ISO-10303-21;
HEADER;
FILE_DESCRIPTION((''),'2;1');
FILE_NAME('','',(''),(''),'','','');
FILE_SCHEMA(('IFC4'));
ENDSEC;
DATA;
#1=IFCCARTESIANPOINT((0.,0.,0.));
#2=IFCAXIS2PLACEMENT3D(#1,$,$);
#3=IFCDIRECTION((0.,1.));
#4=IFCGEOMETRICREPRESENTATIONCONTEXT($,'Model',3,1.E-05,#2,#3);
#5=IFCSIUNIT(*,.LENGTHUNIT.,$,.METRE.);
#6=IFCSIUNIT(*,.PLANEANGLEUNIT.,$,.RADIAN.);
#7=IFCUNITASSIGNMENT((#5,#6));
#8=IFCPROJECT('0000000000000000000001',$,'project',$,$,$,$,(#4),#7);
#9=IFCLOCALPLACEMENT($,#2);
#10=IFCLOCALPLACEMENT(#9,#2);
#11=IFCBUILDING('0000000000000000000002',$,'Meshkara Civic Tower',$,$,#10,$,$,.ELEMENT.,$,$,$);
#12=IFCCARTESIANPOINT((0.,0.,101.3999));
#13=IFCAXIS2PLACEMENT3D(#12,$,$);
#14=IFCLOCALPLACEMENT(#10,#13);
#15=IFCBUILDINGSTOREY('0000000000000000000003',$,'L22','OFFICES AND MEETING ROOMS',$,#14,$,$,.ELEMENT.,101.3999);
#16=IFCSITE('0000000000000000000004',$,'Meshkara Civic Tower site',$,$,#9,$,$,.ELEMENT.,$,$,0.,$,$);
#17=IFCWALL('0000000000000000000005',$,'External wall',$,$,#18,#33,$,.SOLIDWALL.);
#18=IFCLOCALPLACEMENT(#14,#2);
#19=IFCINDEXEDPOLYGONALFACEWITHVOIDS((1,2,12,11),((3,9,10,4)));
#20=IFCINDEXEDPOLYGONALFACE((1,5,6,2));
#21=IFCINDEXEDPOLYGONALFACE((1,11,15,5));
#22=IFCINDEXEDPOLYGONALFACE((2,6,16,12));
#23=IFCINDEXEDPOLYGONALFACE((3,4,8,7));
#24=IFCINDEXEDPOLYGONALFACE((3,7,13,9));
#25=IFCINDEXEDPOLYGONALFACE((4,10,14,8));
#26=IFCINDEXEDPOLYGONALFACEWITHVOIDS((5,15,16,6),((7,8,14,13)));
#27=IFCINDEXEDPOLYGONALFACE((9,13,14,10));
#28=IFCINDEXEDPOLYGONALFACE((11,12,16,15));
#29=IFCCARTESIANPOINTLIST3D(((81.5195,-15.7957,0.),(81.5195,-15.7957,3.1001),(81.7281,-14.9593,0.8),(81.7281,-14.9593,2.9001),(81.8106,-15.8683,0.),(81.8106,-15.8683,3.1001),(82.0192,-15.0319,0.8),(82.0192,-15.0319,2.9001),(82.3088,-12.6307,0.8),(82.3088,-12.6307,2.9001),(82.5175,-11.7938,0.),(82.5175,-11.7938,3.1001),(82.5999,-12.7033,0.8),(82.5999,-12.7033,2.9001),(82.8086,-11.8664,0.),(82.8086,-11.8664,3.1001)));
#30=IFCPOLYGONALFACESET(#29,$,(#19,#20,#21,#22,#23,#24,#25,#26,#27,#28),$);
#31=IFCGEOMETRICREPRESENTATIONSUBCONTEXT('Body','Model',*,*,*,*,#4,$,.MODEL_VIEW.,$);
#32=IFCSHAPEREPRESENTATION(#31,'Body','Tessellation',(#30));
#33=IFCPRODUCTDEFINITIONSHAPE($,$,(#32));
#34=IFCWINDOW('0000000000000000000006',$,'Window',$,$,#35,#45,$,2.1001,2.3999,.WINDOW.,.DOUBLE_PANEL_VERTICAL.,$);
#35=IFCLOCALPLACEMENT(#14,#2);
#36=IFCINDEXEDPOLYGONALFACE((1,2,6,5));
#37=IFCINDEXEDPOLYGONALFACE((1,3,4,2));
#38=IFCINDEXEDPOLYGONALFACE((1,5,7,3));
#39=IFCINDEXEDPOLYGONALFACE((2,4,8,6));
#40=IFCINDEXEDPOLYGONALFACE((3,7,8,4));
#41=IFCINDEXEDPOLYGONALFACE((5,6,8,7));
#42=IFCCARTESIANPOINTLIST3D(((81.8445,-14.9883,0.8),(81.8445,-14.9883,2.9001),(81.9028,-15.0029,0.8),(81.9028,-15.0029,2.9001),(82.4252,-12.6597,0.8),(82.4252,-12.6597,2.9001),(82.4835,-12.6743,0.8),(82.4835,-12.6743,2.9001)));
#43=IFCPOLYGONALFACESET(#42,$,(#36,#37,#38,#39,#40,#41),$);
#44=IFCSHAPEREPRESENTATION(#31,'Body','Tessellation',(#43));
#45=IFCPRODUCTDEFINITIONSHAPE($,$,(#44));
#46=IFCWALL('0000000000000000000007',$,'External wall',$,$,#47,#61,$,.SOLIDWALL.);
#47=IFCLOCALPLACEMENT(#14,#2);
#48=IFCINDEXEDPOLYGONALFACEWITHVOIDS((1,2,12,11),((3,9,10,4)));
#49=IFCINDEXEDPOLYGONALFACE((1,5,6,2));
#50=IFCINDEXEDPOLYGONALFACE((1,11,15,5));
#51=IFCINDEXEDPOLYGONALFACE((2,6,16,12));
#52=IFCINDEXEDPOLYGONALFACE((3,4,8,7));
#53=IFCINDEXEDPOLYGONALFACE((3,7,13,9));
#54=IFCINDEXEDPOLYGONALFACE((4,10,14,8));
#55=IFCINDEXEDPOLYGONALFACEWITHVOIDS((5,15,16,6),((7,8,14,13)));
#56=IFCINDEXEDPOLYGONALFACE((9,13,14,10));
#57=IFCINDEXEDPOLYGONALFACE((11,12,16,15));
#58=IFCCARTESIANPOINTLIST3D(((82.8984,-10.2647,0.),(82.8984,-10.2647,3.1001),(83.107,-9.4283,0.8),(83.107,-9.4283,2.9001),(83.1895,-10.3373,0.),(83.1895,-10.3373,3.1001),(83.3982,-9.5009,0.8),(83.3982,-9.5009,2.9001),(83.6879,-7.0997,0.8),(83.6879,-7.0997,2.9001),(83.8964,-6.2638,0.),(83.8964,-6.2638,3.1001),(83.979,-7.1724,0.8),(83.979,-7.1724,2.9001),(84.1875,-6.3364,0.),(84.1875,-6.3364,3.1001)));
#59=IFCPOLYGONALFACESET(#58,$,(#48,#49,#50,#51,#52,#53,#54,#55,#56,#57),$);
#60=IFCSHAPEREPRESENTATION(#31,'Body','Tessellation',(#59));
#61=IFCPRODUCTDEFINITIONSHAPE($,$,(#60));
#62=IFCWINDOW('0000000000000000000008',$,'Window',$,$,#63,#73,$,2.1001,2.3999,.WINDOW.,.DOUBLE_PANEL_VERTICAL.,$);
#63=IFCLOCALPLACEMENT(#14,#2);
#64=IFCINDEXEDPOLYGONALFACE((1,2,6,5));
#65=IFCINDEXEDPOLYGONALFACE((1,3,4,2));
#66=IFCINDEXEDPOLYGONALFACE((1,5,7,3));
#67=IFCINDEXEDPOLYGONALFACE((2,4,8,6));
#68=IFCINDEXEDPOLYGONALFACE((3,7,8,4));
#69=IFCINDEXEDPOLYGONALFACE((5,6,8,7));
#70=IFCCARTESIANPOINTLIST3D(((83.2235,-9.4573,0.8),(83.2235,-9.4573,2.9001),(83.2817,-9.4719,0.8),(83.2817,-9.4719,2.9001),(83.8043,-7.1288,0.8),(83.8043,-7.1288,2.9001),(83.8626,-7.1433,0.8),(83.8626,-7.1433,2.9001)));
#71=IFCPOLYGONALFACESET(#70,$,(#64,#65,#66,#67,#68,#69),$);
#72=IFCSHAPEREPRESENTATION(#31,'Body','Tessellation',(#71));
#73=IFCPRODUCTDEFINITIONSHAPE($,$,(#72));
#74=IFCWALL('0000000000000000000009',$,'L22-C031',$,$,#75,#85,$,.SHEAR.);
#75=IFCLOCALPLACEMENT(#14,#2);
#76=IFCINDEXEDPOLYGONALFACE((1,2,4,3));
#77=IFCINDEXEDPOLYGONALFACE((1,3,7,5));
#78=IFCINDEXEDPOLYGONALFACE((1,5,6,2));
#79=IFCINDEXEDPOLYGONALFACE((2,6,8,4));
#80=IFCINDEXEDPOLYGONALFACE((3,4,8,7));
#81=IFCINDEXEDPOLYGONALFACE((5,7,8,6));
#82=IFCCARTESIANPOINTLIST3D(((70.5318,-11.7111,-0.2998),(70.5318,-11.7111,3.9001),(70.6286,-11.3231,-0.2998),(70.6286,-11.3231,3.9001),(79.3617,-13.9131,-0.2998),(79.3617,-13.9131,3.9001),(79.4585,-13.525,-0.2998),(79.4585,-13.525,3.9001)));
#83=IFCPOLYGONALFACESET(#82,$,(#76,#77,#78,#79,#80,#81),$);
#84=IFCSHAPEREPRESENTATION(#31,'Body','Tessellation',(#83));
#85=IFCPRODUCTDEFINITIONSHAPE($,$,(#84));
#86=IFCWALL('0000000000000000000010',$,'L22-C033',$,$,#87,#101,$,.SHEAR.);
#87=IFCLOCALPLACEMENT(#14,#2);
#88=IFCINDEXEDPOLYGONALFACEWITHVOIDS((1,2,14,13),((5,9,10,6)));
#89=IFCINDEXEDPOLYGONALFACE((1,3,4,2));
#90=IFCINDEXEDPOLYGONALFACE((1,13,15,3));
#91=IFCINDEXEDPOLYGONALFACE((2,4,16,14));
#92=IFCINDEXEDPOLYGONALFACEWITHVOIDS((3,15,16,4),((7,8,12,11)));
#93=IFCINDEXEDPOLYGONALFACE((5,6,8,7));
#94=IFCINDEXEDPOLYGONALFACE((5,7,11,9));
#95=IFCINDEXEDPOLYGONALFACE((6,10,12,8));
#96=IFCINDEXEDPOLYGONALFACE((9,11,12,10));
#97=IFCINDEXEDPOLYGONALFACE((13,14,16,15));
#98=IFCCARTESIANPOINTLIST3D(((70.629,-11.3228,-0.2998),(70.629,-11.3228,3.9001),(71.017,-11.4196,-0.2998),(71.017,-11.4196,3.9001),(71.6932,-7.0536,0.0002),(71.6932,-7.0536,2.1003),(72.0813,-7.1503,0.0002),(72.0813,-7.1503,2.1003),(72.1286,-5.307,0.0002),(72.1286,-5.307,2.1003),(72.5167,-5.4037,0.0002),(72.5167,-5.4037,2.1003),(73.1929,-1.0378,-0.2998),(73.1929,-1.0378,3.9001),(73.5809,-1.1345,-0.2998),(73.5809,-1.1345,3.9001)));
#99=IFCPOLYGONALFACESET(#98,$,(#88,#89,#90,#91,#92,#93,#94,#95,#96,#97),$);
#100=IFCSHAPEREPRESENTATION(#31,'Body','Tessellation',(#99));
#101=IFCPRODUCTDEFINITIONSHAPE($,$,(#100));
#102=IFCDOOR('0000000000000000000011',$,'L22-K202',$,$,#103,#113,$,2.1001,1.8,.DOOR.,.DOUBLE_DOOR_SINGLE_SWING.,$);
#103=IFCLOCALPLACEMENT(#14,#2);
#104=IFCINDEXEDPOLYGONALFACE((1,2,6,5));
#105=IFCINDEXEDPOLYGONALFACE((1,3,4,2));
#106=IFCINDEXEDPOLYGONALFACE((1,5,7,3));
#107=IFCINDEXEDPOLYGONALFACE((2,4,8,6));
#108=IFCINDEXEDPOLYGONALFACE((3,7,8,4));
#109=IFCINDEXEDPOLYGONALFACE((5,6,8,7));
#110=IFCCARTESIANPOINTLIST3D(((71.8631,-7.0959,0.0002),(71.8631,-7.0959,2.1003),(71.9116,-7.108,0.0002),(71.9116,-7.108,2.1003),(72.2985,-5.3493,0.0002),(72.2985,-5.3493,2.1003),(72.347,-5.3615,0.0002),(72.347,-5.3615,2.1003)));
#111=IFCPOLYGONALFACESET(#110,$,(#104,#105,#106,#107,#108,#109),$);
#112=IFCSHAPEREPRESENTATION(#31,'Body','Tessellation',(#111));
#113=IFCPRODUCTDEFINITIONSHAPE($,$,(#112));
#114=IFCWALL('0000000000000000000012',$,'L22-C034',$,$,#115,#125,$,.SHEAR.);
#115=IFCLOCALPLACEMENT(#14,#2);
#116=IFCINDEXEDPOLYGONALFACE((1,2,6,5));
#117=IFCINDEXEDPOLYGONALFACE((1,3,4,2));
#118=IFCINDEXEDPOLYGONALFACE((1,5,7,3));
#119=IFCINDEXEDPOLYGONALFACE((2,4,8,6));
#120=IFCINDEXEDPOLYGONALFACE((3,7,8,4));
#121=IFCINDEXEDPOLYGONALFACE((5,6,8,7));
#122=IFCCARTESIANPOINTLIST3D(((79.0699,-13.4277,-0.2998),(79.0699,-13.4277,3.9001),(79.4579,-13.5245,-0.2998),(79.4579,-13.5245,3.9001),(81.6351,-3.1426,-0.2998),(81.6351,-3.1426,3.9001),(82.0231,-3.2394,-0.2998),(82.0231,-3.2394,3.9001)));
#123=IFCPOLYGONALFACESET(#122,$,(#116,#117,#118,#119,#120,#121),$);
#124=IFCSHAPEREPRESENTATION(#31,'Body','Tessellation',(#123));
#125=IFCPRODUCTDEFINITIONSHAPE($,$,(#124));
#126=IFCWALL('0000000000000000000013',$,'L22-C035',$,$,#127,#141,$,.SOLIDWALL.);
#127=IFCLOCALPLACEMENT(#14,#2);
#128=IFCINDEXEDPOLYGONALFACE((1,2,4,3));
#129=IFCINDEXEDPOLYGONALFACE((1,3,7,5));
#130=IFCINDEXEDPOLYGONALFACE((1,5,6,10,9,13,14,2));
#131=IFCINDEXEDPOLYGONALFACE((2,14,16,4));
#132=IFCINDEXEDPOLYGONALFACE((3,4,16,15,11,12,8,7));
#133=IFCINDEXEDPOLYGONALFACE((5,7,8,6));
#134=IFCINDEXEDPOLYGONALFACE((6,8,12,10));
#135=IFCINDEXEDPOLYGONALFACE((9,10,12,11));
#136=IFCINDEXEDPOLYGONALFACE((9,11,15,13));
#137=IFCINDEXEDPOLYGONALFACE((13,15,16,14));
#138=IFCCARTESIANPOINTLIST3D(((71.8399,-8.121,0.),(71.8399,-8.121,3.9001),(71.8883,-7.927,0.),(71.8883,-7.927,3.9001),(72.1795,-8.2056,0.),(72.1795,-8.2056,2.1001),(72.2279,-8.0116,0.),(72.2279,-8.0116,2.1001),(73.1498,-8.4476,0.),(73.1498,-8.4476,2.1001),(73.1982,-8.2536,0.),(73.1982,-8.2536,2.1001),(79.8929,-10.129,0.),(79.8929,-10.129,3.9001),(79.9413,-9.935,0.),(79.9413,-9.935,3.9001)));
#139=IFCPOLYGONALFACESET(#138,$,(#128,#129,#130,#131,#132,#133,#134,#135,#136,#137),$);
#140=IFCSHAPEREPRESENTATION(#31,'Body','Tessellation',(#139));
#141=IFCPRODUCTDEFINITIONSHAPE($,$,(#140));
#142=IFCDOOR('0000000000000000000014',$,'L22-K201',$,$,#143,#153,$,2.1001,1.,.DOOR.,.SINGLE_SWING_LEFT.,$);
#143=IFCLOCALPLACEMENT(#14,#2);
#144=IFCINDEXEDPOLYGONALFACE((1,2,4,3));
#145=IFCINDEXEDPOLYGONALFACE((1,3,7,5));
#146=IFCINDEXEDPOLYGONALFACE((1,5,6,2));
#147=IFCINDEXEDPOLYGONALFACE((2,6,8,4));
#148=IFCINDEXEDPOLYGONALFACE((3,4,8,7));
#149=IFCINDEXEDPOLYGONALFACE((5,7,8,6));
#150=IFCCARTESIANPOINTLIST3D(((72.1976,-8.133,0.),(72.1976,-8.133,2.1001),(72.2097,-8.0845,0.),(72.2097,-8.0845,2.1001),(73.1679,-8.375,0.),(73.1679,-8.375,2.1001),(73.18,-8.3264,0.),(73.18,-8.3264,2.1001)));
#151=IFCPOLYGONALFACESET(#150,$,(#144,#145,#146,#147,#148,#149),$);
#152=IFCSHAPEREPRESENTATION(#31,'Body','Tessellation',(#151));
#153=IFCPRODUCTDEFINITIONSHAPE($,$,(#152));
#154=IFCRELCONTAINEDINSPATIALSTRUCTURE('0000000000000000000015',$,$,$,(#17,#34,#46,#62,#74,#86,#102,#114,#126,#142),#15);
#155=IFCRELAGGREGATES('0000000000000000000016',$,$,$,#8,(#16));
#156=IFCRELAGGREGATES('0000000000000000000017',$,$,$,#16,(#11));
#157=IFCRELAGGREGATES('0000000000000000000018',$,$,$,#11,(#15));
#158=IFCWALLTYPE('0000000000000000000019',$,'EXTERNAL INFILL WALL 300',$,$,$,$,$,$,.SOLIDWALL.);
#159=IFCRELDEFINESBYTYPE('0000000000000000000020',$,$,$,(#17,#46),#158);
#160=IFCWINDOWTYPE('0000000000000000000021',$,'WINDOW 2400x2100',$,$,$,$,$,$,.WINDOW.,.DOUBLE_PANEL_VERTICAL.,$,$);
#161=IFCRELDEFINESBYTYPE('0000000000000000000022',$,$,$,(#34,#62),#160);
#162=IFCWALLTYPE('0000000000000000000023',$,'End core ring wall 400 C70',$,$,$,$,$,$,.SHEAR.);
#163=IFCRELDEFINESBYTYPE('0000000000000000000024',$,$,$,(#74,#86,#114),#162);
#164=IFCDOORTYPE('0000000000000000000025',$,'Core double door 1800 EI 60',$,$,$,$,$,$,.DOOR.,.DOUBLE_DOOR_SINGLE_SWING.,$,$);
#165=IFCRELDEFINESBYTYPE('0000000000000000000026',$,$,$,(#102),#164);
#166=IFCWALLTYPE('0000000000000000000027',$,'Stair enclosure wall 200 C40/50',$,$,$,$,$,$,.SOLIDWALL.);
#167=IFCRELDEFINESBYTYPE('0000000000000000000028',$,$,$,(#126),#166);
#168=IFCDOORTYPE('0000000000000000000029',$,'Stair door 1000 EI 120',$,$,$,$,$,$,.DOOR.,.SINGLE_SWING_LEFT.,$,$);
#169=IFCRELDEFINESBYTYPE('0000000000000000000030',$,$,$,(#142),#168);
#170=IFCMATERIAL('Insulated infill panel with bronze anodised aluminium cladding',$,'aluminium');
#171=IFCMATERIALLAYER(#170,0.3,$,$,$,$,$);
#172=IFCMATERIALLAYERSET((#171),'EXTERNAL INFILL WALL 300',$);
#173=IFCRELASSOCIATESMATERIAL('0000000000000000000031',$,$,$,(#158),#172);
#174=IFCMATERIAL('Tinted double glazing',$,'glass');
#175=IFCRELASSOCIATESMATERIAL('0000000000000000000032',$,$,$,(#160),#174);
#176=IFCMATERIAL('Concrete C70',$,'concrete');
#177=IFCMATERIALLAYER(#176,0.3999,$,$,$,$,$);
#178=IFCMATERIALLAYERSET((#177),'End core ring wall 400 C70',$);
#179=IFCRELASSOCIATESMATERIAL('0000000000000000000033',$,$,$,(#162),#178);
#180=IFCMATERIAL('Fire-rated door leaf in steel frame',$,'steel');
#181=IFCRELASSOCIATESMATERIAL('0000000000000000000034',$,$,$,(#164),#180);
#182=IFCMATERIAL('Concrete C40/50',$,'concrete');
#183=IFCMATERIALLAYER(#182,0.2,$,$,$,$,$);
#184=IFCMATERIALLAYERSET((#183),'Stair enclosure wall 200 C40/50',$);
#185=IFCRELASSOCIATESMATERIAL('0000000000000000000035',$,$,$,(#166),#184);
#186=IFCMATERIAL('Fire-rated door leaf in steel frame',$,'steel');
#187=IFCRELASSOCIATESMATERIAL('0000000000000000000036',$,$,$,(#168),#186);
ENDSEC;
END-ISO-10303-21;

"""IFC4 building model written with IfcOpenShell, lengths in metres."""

from ifc_helpers import new_model, si_unit, direction, frame, frame_2d, origin, place, context, subcontext, project, spatial, rectangle, extrude, material, layer, layer_set, type_object, element, fill, save


model = new_model("IFC4")

# Units and contexts
model_context = context("Model", 3, precision=1e-05, world=origin(), true_north=direction((0.0, 1.0)))
body_context = subcontext(model_context, "Body", "Model", "MODEL_VIEW")
ifc_project = project(units=[si_unit("LENGTHUNIT", "METRE"), si_unit("PLANEANGLEUNIT", "RADIAN")], contexts=[model_context])

# Site, building, storey
site_placement = place(None, origin())
site = spatial("IfcSite", under=ifc_project, at=site_placement, Name="Meshkara Civic Tower site", CompositionType="ELEMENT", RefElevation=0.0)
building_placement = place(site_placement, origin())
building = spatial("IfcBuilding", under=site, at=building_placement, Name="Meshkara Civic Tower", CompositionType="ELEMENT")
storey_placement = place(building_placement, frame((0.0, 0.0, 101.3999)))
storey = spatial("IfcBuildingStorey", under=building, at=storey_placement, Name="L22", Description="OFFICES AND MEETING ROOMS", CompositionType="ELEMENT", Elevation=101.3999)

# Walls, openings, windows
ifc_material_1 = material(Name="Insulated infill panel with bronze anodised aluminium cladding", Category="aluminium")
ifc_layer_1 = layer(ifc_material_1, 0.3)
ifc_layer_set_1 = layer_set([ifc_layer_1], Name="EXTERNAL INFILL WALL 300")
wall_type_1 = type_object("IfcWallType", Name="EXTERNAL INFILL WALL 300", PredefinedType="SOLIDWALL", material=ifc_layer_set_1)
ifc_material_2 = material(Name="Tinted double glazing", Category="glass")
window_type_1 = type_object("IfcWindowType", Name="WINDOW 2400x2100", PartitioningType="DOUBLE_PANEL_VERTICAL", PredefinedType="WINDOW", material=ifc_material_2)
wall_1_placement = place(storey_placement, frame((81.665, -15.832, 0.0), z_axis=(0.0, 0.0, 1.0), x_axis=(0.241978, 0.970282, 0.0)))
wall_1 = element("IfcWall", 1, at=wall_1_placement, inside=storey, type_object=wall_type_1, Name="External wall", PredefinedType="SOLIDWALL", context=body_context, shape_type="SweptSolid", body=[
    extrude(rectangle(XDim=4.1245, YDim=0.3, at=frame_2d((2.0623, 0.0))), origin(), (0.0, 0.0, 1.0), 3.1001),
])
opening_1_placement = place(wall_1_placement, frame((0.8621, 0.0, 0.8)))
opening_1 = element("IfcOpeningElement", 2, at=opening_1_placement, cuts=wall_1, PredefinedType="OPENING", context=body_context, shape_type="SweptSolid", body=[
    extrude(rectangle(XDim=2.3999, YDim=2.1001, at=frame_2d((1.2, 1.05))), frame((0.0, 0.1599, 0.0), z_axis=(0.0, -1.0, 0.0), x_axis=(1.0, 0.0, 0.0)), (0.0, 0.0, 1.0), 0.3201),
])
window_1_placement = place(opening_1_placement, origin())
window_1 = element("IfcWindow", 3, at=window_1_placement, inside=storey, type_object=window_type_1, Name="Window", OverallHeight=2.1001, OverallWidth=2.3999, PartitioningType="DOUBLE_PANEL_VERTICAL", PredefinedType="WINDOW", context=body_context, shape_type="SweptSolid", body=[
    extrude(rectangle(XDim=2.3999, YDim=2.1001, at=frame_2d((1.2, 1.05))), frame((0.0, 0.03, 0.0), z_axis=(0.0, -1.0, 0.0), x_axis=(1.0, 0.0, 0.0)), (0.0, 0.0, 1.0), 0.0601),
])
fill(opening_1, window_1)
wall_2_placement = place(storey_placement, frame((83.0439, -10.301, 0.0), z_axis=(0.0, 0.0, 1.0), x_axis=(0.242034, 0.970268, 0.0)))
wall_2 = element("IfcWall", 4, at=wall_2_placement, inside=storey, type_object=wall_type_1, Name="External wall", PredefinedType="SOLIDWALL", context=body_context, shape_type="SweptSolid", body=[
    extrude(rectangle(XDim=4.1235, YDim=0.3, at=frame_2d((2.0618, 0.0))), origin(), (0.0, 0.0, 1.0), 3.1001),
])
opening_2_placement = place(wall_2_placement, frame((0.8621, 0.0, 0.8)))
opening_2 = element("IfcOpeningElement", 5, at=opening_2_placement, cuts=wall_2, PredefinedType="OPENING", context=body_context, shape_type="SweptSolid", body=[
    extrude(rectangle(XDim=2.3999, YDim=2.1001, at=frame_2d((1.2, 1.05))), frame((0.0, 0.1599, 0.0), z_axis=(0.0, -1.0, 0.0), x_axis=(1.0, 0.0, 0.0)), (0.0, 0.0, 1.0), 0.3201),
])
window_2_placement = place(opening_2_placement, origin())
window_2 = element("IfcWindow", 6, at=window_2_placement, inside=storey, type_object=window_type_1, Name="Window", OverallHeight=2.1001, OverallWidth=2.3999, PartitioningType="DOUBLE_PANEL_VERTICAL", PredefinedType="WINDOW", context=body_context, shape_type="SweptSolid", body=[
    extrude(rectangle(XDim=2.3999, YDim=2.1001, at=frame_2d((1.2, 1.05))), frame((0.0, 0.03, 0.0), z_axis=(0.0, -1.0, 0.0), x_axis=(1.0, 0.0, 0.0)), (0.0, 0.0, 1.0), 0.0601),
])
fill(opening_2, window_2)

# Wall
ifc_material_3 = material(Name="Concrete C70", Category="concrete")
ifc_layer_2 = layer(ifc_material_3, 0.3999)
ifc_layer_set_2 = layer_set([ifc_layer_2], Name="End core ring wall 400 C70")
wall_type_2 = type_object("IfcWallType", Name="End core ring wall 400 C70", PredefinedType="SHEAR", material=ifc_layer_set_2)
wall_3_placement = place(storey_placement, frame((70.5801, -11.5171, -0.2998), z_axis=(0.0, 0.0, 1.0), x_axis=(0.970286, -0.241961, 0.0)))
element("IfcWall", 7, at=wall_3_placement, inside=storey, type_object=wall_type_2, Name="L22-C031", PredefinedType="SHEAR", context=body_context, shape_type="SweptSolid", body=[
    extrude(rectangle(XDim=9.1003, YDim=0.3999, at=frame_2d((4.5503, 0.0))), origin(), (0.0, 0.0, 1.0), 4.2),
])

# Wall, opening, door
wall_4_placement = place(storey_placement, frame((70.823, -11.3711, -0.2998), z_axis=(0.0, 0.0, 1.0), x_axis=(0.241885, 0.970305, 0.0)))
wall_4 = element("IfcWall", 8, at=wall_4_placement, inside=storey, type_object=wall_type_2, Name="L22-C033", PredefinedType="SHEAR", context=body_context, shape_type="SweptSolid", body=[
    extrude(rectangle(XDim=10.5999, YDim=0.3999, at=frame_2d((5.2998, 0.0))), origin(), (0.0, 0.0, 1.0), 4.2),
])
opening_3_placement = place(wall_4_placement, frame((4.3999, 0.0, 0.3)))
opening_3 = element("IfcOpeningElement", 9, at=opening_3_placement, cuts=wall_4, PredefinedType="OPENING", context=body_context, shape_type="SweptSolid", body=[
    extrude(rectangle(XDim=1.8, YDim=2.1001, at=frame_2d((0.8999, 1.05))), frame((0.0, 0.21, 0.0), z_axis=(0.0, -1.0, 0.0), x_axis=(1.0, 0.0, 0.0)), (0.0, 0.0, 1.0), 0.4199),
])
ifc_material_4 = material(Name="Fire-rated door leaf in steel frame", Category="steel")
door_type_1 = type_object("IfcDoorType", Name="Core double door 1800 EI 60", OperationType="DOUBLE_DOOR_SINGLE_SWING", PredefinedType="DOOR", material=ifc_material_4)
door_1_placement = place(opening_3_placement, origin())
door_1 = element("IfcDoor", 10, at=door_1_placement, inside=storey, type_object=door_type_1, Name="L22-K202", OperationType="DOUBLE_DOOR_SINGLE_SWING", OverallHeight=2.1001, OverallWidth=1.8, PredefinedType="DOOR", context=body_context, shape_type="SweptSolid", body=[
    extrude(rectangle(XDim=1.8, YDim=2.1001, at=frame_2d((0.8999, 1.05))), frame((0.0, 0.0249, 0.0), z_axis=(0.0, -1.0, 0.0), x_axis=(1.0, 0.0, 0.0)), (0.0, 0.0, 1.0), 0.05),
])
fill(opening_3, door_1)

# Wall
wall_5_placement = place(storey_placement, frame((79.2639, -13.4761, -0.2998), z_axis=(0.0, 0.0, 1.0), x_axis=(0.241994, 0.970278, 0.0)))
element("IfcWall", 11, at=wall_5_placement, inside=storey, type_object=wall_type_2, Name="L22-C034", PredefinedType="SHEAR", context=body_context, shape_type="SweptSolid", body=[
    extrude(rectangle(XDim=10.6001, YDim=0.3999, at=frame_2d((5.3, 0.0))), origin(), (0.0, 0.0, 1.0), 4.2),
])

# Wall, opening, door
ifc_material_5 = material(Name="Concrete C40/50", Category="concrete")
ifc_layer_3 = layer(ifc_material_5, 0.2)
ifc_layer_set_3 = layer_set([ifc_layer_3], Name="Stair enclosure wall 200 C40/50")
wall_type_3 = type_object("IfcWallType", Name="Stair enclosure wall 200 C40/50", PredefinedType="SOLIDWALL", material=ifc_layer_set_3)
wall_6_placement = place(storey_placement, frame((71.864, -8.0239, 0.0), z_axis=(0.0, 0.0, 1.0), x_axis=(0.970289, -0.241947, 0.0)))
wall_6 = element("IfcWall", 12, at=wall_6_placement, inside=storey, type_object=wall_type_3, Name="L22-C035", PredefinedType="SOLIDWALL", context=body_context, shape_type="SweptSolid", body=[
    extrude(rectangle(XDim=8.2996, YDim=0.2, at=frame_2d((4.1499, 0.0))), origin(), (0.0, 0.0, 1.0), 3.9001),
])
opening_4_placement = place(wall_6_placement, frame((0.3501, 0.0, 0.0)))
opening_4 = element("IfcOpeningElement", 13, at=opening_4_placement, cuts=wall_6, PredefinedType="OPENING", context=body_context, shape_type="SweptSolid", body=[
    extrude(rectangle(XDim=1.0, YDim=2.1001, at=frame_2d((0.5, 1.05))), frame((0.0, 0.1099, 0.0), z_axis=(0.0, -1.0, 0.0), x_axis=(1.0, 0.0, 0.0)), (0.0, 0.0, 1.0), 0.22),
])
ifc_material_6 = material(Name="Fire-rated door leaf in steel frame", Category="steel")
door_type_2 = type_object("IfcDoorType", Name="Stair door 1000 EI 120", OperationType="SINGLE_SWING_LEFT", PredefinedType="DOOR", material=ifc_material_6)
door_2_placement = place(opening_4_placement, origin())
door_2 = element("IfcDoor", 14, at=door_2_placement, inside=storey, type_object=door_type_2, Name="L22-K201", OperationType="SINGLE_SWING_LEFT", OverallHeight=2.1001, OverallWidth=1.0, PredefinedType="DOOR", context=body_context, shape_type="SweptSolid", body=[
    extrude(rectangle(XDim=1.0, YDim=2.1001, at=frame_2d((0.5, 1.05))), frame((0.0, 0.0249, 0.0), z_axis=(0.0, -1.0, 0.0), x_axis=(1.0, 0.0, 0.0)), (0.0, 0.0, 1.0), 0.05),
])
fill(opening_4, door_2)

save(model, "model.ifc")
